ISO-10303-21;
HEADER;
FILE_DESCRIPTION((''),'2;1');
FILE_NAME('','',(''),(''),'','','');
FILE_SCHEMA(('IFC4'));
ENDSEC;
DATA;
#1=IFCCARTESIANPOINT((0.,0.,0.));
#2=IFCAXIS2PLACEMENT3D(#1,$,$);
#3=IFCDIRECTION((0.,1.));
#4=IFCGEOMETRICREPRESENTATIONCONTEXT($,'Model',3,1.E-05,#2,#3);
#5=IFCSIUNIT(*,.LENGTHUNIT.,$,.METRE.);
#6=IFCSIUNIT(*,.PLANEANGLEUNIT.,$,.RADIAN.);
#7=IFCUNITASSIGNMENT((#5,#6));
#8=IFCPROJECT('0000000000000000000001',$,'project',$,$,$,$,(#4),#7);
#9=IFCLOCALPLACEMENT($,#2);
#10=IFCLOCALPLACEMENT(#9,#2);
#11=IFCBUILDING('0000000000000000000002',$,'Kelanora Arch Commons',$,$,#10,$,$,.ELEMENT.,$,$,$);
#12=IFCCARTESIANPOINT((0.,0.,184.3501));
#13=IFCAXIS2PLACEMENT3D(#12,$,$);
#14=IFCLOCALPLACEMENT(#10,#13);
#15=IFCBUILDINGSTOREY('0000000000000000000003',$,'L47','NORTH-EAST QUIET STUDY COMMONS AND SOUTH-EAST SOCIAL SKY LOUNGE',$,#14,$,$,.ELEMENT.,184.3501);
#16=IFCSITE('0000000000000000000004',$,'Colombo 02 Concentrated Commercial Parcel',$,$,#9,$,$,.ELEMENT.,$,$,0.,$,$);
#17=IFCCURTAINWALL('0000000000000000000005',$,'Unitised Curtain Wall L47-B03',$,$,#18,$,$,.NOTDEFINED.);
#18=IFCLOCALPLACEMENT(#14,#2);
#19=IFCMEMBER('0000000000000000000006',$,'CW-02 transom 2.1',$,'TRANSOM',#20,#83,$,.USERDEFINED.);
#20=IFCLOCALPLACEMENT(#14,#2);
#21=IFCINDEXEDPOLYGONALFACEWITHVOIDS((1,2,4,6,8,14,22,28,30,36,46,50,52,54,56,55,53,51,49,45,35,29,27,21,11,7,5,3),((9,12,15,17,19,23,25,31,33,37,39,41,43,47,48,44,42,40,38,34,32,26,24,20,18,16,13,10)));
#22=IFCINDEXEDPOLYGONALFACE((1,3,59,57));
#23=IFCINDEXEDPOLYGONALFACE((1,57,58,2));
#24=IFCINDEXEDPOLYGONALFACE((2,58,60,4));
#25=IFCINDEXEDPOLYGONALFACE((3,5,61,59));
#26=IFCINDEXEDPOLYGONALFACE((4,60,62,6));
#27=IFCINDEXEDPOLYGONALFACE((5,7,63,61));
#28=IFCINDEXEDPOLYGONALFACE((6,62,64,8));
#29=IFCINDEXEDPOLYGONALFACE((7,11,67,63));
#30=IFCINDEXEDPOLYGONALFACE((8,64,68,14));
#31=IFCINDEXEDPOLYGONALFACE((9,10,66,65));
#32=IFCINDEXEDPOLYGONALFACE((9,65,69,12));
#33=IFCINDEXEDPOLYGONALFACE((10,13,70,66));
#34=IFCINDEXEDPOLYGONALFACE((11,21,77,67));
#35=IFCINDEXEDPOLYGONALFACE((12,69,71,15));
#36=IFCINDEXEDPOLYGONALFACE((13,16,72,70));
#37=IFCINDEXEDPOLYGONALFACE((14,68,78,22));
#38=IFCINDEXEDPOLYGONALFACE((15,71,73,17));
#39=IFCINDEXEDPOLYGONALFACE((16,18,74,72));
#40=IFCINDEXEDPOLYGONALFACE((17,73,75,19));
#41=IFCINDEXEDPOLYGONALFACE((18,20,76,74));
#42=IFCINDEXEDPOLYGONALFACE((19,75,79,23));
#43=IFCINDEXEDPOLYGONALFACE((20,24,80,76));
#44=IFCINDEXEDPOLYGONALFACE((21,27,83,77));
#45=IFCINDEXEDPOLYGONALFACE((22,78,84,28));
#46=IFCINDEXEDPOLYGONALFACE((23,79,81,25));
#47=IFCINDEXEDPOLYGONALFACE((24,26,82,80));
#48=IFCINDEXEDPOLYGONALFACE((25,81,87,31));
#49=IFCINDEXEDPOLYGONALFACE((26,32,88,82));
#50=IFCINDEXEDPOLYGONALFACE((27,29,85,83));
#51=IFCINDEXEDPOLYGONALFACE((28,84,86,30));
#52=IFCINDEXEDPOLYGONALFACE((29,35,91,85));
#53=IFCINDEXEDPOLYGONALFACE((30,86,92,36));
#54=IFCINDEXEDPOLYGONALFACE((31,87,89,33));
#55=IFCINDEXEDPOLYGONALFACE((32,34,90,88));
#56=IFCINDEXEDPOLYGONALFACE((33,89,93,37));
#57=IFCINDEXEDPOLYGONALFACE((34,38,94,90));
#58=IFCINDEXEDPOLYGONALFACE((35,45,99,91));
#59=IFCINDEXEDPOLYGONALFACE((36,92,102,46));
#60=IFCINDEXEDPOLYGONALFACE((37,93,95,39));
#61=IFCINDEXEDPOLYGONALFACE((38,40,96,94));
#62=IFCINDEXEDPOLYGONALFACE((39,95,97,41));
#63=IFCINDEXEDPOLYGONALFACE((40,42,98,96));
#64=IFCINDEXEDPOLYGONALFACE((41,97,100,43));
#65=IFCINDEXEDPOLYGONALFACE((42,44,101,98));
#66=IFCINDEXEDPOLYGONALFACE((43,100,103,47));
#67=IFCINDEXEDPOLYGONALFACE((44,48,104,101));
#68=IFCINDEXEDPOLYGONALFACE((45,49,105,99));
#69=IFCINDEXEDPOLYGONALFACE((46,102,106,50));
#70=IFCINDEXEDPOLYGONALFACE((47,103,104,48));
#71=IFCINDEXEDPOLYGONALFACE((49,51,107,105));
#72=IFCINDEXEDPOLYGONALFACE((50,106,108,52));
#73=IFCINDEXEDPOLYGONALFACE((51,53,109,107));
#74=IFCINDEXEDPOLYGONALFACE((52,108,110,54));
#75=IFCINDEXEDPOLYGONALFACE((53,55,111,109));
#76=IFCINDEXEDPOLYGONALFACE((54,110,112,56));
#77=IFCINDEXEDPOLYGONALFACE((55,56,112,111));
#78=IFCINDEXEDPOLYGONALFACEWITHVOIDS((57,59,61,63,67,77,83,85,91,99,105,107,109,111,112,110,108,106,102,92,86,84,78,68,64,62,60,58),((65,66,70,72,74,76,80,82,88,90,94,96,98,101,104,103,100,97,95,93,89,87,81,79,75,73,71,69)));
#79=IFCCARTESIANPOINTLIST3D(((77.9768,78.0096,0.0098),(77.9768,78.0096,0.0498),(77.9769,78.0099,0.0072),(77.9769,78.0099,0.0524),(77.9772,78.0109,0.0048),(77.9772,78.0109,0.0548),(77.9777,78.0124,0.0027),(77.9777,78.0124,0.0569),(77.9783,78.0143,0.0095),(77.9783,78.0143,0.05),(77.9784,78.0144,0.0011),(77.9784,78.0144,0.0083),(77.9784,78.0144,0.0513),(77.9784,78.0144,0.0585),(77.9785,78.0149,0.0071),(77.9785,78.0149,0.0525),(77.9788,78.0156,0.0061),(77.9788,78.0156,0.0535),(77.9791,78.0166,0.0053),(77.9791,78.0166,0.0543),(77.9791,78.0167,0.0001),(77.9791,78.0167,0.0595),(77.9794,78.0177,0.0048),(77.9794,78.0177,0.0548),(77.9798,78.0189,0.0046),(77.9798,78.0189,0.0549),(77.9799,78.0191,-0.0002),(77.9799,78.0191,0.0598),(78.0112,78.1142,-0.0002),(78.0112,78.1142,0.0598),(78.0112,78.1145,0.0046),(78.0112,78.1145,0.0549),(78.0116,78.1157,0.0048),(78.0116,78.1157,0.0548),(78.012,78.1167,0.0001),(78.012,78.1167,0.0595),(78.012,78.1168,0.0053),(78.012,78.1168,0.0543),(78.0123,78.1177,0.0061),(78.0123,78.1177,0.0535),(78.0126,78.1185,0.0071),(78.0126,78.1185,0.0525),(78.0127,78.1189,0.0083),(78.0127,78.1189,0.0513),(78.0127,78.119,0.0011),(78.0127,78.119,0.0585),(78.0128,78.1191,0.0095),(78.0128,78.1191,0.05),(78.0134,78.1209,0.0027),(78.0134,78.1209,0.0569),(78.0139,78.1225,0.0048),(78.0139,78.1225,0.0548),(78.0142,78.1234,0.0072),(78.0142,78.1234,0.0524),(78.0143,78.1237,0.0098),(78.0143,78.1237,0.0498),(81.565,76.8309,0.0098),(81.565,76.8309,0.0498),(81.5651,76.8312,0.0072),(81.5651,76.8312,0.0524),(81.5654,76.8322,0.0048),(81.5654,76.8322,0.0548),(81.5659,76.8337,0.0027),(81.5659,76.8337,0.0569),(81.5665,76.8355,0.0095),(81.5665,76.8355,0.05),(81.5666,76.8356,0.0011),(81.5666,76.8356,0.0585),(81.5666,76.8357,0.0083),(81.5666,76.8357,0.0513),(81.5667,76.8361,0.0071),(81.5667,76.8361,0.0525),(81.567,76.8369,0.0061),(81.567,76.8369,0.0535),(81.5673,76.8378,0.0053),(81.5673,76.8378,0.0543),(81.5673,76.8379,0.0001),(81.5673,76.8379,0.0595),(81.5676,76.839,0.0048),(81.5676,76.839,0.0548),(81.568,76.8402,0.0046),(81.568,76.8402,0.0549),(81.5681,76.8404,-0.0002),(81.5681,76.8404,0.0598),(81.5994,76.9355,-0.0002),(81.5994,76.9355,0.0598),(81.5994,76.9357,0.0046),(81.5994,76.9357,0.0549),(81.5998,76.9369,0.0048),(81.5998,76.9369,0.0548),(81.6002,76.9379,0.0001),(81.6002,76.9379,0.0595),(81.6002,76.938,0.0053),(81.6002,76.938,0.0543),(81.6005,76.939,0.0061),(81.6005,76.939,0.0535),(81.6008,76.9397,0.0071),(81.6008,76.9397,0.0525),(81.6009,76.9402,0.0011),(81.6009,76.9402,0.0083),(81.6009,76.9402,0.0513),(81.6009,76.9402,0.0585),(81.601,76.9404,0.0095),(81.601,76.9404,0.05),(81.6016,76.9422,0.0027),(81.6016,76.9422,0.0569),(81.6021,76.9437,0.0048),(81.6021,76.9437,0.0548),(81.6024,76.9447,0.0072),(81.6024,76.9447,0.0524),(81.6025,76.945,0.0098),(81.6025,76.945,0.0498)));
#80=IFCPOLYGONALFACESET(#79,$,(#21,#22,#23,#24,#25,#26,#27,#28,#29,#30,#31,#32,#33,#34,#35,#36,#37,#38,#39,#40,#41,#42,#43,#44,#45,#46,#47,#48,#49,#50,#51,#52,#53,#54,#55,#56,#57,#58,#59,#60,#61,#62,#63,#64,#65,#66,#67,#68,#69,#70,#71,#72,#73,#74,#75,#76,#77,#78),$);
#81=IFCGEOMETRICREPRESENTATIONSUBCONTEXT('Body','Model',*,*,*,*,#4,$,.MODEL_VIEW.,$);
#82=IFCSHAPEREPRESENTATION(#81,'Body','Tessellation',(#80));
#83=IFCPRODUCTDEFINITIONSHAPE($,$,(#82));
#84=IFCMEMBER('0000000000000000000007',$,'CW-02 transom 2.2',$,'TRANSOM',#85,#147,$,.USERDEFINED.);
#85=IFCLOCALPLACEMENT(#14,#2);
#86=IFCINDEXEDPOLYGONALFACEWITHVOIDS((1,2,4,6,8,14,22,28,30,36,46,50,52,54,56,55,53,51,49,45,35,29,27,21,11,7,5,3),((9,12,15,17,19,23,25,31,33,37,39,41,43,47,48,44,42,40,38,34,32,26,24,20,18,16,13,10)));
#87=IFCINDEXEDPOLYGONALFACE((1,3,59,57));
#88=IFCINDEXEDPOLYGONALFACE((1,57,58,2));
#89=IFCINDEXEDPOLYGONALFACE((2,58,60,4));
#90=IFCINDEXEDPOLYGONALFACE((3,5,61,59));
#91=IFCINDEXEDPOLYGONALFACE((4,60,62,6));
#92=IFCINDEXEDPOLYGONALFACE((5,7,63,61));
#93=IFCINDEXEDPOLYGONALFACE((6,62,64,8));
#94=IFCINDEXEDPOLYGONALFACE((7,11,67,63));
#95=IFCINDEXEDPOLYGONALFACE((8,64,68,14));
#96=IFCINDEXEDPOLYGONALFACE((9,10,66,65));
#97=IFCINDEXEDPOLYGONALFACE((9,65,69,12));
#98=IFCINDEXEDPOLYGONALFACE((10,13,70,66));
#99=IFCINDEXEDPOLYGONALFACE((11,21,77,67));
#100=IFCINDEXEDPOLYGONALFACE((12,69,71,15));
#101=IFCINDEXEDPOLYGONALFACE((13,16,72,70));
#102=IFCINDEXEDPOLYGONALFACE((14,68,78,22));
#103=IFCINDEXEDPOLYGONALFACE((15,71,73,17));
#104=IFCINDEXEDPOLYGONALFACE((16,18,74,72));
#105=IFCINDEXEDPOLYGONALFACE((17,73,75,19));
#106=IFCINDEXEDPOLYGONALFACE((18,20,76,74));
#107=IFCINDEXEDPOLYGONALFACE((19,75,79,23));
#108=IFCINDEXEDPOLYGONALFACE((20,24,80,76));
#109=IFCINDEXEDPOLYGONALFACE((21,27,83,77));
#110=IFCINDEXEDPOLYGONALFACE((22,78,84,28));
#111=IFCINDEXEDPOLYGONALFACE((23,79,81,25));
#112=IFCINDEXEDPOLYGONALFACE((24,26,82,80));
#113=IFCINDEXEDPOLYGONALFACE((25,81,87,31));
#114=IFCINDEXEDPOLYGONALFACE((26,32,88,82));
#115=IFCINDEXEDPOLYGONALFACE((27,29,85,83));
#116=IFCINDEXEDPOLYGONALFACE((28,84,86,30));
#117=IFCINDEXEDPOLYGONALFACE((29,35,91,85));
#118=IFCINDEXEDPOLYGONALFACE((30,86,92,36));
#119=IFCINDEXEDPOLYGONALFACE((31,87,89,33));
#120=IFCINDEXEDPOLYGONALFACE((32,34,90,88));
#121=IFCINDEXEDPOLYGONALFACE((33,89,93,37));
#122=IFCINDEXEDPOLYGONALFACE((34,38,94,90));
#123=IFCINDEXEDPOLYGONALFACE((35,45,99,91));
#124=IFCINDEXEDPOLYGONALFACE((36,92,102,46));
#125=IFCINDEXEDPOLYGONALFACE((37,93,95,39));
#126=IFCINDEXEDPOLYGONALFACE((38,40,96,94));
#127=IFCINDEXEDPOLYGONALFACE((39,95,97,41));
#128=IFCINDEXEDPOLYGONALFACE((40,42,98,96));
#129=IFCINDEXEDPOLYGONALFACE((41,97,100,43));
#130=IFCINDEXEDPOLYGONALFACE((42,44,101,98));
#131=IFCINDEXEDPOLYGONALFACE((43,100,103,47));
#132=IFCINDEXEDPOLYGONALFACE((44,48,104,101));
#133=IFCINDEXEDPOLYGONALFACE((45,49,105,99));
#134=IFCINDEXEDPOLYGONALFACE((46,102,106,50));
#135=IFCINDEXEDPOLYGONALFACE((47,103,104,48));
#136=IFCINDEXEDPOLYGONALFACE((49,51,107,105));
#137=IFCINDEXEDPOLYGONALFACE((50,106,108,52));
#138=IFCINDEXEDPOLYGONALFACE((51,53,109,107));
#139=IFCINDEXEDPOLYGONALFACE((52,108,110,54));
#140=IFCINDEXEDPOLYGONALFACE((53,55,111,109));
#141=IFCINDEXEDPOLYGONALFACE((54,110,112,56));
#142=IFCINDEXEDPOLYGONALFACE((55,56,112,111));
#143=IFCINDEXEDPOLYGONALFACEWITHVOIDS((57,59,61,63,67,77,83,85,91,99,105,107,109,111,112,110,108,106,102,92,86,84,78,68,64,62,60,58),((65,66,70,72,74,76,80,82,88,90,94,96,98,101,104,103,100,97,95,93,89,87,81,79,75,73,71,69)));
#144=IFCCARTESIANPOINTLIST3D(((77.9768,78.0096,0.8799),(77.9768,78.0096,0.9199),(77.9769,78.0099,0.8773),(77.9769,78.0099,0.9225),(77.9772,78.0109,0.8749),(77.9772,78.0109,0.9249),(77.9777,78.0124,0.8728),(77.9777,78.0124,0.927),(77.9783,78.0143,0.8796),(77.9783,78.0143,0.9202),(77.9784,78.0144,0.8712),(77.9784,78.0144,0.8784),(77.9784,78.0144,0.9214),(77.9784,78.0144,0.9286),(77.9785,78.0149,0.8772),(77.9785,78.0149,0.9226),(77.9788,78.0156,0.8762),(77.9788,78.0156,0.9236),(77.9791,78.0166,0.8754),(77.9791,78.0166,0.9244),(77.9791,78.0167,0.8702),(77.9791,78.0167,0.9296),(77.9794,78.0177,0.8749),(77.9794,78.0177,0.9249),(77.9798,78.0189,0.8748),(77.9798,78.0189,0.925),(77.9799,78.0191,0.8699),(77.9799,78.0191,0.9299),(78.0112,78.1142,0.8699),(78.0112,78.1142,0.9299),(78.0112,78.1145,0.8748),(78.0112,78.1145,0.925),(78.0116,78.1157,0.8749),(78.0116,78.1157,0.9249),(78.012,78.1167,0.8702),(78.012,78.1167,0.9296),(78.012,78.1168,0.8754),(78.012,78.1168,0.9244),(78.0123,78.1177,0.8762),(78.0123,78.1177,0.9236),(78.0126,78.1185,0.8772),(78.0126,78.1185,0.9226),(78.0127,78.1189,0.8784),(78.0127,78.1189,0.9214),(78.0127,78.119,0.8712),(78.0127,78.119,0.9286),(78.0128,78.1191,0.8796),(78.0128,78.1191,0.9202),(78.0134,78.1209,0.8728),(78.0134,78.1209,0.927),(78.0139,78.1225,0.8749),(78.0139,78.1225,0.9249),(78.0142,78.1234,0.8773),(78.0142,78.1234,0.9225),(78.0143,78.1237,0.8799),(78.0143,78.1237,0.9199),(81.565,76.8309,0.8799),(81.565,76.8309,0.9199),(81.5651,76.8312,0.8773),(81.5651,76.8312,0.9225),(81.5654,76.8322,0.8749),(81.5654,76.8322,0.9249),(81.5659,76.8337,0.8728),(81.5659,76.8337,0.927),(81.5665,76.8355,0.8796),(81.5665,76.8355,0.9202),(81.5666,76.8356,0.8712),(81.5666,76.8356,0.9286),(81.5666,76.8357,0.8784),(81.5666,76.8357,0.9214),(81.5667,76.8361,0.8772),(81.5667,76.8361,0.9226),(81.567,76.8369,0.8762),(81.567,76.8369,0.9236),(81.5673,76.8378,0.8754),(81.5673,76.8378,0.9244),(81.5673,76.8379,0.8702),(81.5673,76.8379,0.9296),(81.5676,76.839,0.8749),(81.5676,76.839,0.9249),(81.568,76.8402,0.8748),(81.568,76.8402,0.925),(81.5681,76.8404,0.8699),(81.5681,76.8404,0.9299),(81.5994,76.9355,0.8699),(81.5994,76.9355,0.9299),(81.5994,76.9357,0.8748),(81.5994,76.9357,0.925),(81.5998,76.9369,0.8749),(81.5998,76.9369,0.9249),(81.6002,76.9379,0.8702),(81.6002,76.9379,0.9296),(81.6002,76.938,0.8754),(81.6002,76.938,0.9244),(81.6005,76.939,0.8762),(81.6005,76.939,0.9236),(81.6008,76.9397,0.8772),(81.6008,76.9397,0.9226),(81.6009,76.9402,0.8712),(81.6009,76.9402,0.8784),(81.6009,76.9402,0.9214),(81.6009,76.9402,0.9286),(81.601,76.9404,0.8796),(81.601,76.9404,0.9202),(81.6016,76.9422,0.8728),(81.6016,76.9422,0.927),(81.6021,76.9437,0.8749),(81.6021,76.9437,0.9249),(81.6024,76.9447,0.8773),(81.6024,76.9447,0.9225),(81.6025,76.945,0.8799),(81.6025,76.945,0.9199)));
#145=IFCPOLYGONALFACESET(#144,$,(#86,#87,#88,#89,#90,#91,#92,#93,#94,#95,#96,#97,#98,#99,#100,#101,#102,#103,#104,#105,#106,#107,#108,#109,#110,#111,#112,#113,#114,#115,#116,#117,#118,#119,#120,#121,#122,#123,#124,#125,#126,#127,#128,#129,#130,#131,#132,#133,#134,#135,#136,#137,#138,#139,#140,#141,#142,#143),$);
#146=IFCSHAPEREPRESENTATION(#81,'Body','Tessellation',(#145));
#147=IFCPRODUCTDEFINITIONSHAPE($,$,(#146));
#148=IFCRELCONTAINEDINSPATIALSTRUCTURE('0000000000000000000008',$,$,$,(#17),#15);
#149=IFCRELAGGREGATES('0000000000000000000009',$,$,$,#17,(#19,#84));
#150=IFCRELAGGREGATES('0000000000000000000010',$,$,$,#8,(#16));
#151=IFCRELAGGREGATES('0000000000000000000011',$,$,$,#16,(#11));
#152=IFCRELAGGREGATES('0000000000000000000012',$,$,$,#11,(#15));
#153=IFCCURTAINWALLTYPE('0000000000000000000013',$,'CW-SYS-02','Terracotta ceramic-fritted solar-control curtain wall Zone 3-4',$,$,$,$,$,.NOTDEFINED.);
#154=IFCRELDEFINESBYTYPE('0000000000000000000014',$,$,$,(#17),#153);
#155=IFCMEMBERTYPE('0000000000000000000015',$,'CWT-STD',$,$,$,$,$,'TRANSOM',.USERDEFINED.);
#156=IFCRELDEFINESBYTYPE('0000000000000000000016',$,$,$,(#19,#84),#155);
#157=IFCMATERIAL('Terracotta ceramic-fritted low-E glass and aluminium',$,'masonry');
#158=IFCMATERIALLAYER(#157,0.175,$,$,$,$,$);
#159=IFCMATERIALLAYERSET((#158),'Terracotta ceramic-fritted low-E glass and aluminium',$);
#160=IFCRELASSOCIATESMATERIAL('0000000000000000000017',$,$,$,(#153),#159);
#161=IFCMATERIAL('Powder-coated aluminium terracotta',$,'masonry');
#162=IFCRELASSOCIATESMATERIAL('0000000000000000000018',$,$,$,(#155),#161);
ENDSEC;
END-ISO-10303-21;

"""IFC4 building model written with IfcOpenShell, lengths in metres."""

from ifc_helpers import new_model, si_unit, direction, frame, origin, origin_2d, place, context, subcontext, project, spatial, hollow_rectangle, extrude, material, layer, layer_set, material_profile, profile_set, type_object, element, aggregate, save


model = new_model("IFC4")

# Units and contexts
model_context = context("Model", 3, precision=1e-05, world=origin(), true_north=direction((0.0, 1.0)))
body_context = subcontext(model_context, "Body", "Model", "MODEL_VIEW")
ifc_project = project(units=[si_unit("LENGTHUNIT", "METRE"), si_unit("PLANEANGLEUNIT", "RADIAN")], contexts=[model_context])

# Site, building, storey
site_placement = place(None, origin())
site = spatial("IfcSite", under=ifc_project, at=site_placement, Name="Colombo 02 Concentrated Commercial Parcel", CompositionType="ELEMENT", RefElevation=0.0)
building_placement = place(site_placement, origin())
building = spatial("IfcBuilding", under=site, at=building_placement, Name="Kelanora Arch Commons", CompositionType="ELEMENT")
storey_placement = place(building_placement, frame((0.0, 0.0, 184.3501)))
storey = spatial("IfcBuildingStorey", under=building, at=storey_placement, Name="L47", Description="NORTH-EAST QUIET STUDY COMMONS AND SOUTH-EAST SOCIAL SKY LOUNGE", CompositionType="ELEMENT", Elevation=184.3501)

# Curtain wall, members
ifc_material_1 = material(Name="Terracotta ceramic-fritted low-E glass and aluminium", Category="masonry")
ifc_layer_1 = layer(ifc_material_1, 0.175)
ifc_layer_set_1 = layer_set([ifc_layer_1], Name="Terracotta ceramic-fritted low-E glass and aluminium")
curtain_wall_type = type_object("IfcCurtainWallType", Name="CW-SYS-02", Description="Terracotta ceramic-fritted solar-control curtain wall Zone 3-4", PredefinedType="NOTDEFINED", material=ifc_layer_set_1)
curtain_wall_placement = place(storey_placement, origin())
curtain_wall = element("IfcCurtainWall", 1, at=curtain_wall_placement, inside=storey, type_object=curtain_wall_type, Name="Unitised Curtain Wall L47-B03", PredefinedType="NOTDEFINED")
ifc_material_2 = material(Name="Powder-coated aluminium terracotta", Category="masonry")
ifc_material_profile_1 = material_profile(ifc_material_2, hollow_rectangle(XDim=0.1201, YDim=0.0601, WallThickness=0.0049, InnerFilletRadius=0.0049, OuterFilletRadius=0.01, at=origin_2d()), Name="CWT120x60")
ifc_profile_set_1 = profile_set([ifc_material_profile_1], Name="Powder-coated aluminium terracotta")
member_type_1 = type_object("IfcMemberType", Name="CWT-STD", ElementType="TRANSOM", PredefinedType="USERDEFINED", material=ifc_profile_set_1)
member_1_placement = place(storey_placement, frame((81.5837, 76.8879, 0.0298), z_axis=(-0.950051, 0.312094, 0.0), x_axis=(-0.312094, -0.950051, 0.0)))
member_1 = element("IfcMember", 2, at=member_1_placement, type_object=member_type_1, Name="CW-02 transom 2.1", ObjectType="TRANSOM", PredefinedType="USERDEFINED", context=body_context, shape_type="SweptSolid", body=[
    extrude(hollow_rectangle(XDim=0.1201, YDim=0.0601, WallThickness=0.0049, InnerFilletRadius=0.0049, OuterFilletRadius=0.01, at=origin_2d()), origin(), (0.0, 0.0, 1.0), 3.7769),
])
member_2_placement = place(storey_placement, frame((81.5837, 76.8879, 0.8999), z_axis=(-0.950051, 0.312094, 0.0), x_axis=(-0.312094, -0.950051, 0.0)))
member_2 = element("IfcMember", 3, at=member_2_placement, type_object=member_type_1, Name="CW-02 transom 2.2", ObjectType="TRANSOM", PredefinedType="USERDEFINED", context=body_context, shape_type="SweptSolid", body=[
    extrude(hollow_rectangle(XDim=0.1201, YDim=0.0601, WallThickness=0.0049, InnerFilletRadius=0.0049, OuterFilletRadius=0.01, at=origin_2d()), origin(), (0.0, 0.0, 1.0), 3.7769),
])
aggregate(curtain_wall, [member_1, member_2])

save(model, "model.ifc")
